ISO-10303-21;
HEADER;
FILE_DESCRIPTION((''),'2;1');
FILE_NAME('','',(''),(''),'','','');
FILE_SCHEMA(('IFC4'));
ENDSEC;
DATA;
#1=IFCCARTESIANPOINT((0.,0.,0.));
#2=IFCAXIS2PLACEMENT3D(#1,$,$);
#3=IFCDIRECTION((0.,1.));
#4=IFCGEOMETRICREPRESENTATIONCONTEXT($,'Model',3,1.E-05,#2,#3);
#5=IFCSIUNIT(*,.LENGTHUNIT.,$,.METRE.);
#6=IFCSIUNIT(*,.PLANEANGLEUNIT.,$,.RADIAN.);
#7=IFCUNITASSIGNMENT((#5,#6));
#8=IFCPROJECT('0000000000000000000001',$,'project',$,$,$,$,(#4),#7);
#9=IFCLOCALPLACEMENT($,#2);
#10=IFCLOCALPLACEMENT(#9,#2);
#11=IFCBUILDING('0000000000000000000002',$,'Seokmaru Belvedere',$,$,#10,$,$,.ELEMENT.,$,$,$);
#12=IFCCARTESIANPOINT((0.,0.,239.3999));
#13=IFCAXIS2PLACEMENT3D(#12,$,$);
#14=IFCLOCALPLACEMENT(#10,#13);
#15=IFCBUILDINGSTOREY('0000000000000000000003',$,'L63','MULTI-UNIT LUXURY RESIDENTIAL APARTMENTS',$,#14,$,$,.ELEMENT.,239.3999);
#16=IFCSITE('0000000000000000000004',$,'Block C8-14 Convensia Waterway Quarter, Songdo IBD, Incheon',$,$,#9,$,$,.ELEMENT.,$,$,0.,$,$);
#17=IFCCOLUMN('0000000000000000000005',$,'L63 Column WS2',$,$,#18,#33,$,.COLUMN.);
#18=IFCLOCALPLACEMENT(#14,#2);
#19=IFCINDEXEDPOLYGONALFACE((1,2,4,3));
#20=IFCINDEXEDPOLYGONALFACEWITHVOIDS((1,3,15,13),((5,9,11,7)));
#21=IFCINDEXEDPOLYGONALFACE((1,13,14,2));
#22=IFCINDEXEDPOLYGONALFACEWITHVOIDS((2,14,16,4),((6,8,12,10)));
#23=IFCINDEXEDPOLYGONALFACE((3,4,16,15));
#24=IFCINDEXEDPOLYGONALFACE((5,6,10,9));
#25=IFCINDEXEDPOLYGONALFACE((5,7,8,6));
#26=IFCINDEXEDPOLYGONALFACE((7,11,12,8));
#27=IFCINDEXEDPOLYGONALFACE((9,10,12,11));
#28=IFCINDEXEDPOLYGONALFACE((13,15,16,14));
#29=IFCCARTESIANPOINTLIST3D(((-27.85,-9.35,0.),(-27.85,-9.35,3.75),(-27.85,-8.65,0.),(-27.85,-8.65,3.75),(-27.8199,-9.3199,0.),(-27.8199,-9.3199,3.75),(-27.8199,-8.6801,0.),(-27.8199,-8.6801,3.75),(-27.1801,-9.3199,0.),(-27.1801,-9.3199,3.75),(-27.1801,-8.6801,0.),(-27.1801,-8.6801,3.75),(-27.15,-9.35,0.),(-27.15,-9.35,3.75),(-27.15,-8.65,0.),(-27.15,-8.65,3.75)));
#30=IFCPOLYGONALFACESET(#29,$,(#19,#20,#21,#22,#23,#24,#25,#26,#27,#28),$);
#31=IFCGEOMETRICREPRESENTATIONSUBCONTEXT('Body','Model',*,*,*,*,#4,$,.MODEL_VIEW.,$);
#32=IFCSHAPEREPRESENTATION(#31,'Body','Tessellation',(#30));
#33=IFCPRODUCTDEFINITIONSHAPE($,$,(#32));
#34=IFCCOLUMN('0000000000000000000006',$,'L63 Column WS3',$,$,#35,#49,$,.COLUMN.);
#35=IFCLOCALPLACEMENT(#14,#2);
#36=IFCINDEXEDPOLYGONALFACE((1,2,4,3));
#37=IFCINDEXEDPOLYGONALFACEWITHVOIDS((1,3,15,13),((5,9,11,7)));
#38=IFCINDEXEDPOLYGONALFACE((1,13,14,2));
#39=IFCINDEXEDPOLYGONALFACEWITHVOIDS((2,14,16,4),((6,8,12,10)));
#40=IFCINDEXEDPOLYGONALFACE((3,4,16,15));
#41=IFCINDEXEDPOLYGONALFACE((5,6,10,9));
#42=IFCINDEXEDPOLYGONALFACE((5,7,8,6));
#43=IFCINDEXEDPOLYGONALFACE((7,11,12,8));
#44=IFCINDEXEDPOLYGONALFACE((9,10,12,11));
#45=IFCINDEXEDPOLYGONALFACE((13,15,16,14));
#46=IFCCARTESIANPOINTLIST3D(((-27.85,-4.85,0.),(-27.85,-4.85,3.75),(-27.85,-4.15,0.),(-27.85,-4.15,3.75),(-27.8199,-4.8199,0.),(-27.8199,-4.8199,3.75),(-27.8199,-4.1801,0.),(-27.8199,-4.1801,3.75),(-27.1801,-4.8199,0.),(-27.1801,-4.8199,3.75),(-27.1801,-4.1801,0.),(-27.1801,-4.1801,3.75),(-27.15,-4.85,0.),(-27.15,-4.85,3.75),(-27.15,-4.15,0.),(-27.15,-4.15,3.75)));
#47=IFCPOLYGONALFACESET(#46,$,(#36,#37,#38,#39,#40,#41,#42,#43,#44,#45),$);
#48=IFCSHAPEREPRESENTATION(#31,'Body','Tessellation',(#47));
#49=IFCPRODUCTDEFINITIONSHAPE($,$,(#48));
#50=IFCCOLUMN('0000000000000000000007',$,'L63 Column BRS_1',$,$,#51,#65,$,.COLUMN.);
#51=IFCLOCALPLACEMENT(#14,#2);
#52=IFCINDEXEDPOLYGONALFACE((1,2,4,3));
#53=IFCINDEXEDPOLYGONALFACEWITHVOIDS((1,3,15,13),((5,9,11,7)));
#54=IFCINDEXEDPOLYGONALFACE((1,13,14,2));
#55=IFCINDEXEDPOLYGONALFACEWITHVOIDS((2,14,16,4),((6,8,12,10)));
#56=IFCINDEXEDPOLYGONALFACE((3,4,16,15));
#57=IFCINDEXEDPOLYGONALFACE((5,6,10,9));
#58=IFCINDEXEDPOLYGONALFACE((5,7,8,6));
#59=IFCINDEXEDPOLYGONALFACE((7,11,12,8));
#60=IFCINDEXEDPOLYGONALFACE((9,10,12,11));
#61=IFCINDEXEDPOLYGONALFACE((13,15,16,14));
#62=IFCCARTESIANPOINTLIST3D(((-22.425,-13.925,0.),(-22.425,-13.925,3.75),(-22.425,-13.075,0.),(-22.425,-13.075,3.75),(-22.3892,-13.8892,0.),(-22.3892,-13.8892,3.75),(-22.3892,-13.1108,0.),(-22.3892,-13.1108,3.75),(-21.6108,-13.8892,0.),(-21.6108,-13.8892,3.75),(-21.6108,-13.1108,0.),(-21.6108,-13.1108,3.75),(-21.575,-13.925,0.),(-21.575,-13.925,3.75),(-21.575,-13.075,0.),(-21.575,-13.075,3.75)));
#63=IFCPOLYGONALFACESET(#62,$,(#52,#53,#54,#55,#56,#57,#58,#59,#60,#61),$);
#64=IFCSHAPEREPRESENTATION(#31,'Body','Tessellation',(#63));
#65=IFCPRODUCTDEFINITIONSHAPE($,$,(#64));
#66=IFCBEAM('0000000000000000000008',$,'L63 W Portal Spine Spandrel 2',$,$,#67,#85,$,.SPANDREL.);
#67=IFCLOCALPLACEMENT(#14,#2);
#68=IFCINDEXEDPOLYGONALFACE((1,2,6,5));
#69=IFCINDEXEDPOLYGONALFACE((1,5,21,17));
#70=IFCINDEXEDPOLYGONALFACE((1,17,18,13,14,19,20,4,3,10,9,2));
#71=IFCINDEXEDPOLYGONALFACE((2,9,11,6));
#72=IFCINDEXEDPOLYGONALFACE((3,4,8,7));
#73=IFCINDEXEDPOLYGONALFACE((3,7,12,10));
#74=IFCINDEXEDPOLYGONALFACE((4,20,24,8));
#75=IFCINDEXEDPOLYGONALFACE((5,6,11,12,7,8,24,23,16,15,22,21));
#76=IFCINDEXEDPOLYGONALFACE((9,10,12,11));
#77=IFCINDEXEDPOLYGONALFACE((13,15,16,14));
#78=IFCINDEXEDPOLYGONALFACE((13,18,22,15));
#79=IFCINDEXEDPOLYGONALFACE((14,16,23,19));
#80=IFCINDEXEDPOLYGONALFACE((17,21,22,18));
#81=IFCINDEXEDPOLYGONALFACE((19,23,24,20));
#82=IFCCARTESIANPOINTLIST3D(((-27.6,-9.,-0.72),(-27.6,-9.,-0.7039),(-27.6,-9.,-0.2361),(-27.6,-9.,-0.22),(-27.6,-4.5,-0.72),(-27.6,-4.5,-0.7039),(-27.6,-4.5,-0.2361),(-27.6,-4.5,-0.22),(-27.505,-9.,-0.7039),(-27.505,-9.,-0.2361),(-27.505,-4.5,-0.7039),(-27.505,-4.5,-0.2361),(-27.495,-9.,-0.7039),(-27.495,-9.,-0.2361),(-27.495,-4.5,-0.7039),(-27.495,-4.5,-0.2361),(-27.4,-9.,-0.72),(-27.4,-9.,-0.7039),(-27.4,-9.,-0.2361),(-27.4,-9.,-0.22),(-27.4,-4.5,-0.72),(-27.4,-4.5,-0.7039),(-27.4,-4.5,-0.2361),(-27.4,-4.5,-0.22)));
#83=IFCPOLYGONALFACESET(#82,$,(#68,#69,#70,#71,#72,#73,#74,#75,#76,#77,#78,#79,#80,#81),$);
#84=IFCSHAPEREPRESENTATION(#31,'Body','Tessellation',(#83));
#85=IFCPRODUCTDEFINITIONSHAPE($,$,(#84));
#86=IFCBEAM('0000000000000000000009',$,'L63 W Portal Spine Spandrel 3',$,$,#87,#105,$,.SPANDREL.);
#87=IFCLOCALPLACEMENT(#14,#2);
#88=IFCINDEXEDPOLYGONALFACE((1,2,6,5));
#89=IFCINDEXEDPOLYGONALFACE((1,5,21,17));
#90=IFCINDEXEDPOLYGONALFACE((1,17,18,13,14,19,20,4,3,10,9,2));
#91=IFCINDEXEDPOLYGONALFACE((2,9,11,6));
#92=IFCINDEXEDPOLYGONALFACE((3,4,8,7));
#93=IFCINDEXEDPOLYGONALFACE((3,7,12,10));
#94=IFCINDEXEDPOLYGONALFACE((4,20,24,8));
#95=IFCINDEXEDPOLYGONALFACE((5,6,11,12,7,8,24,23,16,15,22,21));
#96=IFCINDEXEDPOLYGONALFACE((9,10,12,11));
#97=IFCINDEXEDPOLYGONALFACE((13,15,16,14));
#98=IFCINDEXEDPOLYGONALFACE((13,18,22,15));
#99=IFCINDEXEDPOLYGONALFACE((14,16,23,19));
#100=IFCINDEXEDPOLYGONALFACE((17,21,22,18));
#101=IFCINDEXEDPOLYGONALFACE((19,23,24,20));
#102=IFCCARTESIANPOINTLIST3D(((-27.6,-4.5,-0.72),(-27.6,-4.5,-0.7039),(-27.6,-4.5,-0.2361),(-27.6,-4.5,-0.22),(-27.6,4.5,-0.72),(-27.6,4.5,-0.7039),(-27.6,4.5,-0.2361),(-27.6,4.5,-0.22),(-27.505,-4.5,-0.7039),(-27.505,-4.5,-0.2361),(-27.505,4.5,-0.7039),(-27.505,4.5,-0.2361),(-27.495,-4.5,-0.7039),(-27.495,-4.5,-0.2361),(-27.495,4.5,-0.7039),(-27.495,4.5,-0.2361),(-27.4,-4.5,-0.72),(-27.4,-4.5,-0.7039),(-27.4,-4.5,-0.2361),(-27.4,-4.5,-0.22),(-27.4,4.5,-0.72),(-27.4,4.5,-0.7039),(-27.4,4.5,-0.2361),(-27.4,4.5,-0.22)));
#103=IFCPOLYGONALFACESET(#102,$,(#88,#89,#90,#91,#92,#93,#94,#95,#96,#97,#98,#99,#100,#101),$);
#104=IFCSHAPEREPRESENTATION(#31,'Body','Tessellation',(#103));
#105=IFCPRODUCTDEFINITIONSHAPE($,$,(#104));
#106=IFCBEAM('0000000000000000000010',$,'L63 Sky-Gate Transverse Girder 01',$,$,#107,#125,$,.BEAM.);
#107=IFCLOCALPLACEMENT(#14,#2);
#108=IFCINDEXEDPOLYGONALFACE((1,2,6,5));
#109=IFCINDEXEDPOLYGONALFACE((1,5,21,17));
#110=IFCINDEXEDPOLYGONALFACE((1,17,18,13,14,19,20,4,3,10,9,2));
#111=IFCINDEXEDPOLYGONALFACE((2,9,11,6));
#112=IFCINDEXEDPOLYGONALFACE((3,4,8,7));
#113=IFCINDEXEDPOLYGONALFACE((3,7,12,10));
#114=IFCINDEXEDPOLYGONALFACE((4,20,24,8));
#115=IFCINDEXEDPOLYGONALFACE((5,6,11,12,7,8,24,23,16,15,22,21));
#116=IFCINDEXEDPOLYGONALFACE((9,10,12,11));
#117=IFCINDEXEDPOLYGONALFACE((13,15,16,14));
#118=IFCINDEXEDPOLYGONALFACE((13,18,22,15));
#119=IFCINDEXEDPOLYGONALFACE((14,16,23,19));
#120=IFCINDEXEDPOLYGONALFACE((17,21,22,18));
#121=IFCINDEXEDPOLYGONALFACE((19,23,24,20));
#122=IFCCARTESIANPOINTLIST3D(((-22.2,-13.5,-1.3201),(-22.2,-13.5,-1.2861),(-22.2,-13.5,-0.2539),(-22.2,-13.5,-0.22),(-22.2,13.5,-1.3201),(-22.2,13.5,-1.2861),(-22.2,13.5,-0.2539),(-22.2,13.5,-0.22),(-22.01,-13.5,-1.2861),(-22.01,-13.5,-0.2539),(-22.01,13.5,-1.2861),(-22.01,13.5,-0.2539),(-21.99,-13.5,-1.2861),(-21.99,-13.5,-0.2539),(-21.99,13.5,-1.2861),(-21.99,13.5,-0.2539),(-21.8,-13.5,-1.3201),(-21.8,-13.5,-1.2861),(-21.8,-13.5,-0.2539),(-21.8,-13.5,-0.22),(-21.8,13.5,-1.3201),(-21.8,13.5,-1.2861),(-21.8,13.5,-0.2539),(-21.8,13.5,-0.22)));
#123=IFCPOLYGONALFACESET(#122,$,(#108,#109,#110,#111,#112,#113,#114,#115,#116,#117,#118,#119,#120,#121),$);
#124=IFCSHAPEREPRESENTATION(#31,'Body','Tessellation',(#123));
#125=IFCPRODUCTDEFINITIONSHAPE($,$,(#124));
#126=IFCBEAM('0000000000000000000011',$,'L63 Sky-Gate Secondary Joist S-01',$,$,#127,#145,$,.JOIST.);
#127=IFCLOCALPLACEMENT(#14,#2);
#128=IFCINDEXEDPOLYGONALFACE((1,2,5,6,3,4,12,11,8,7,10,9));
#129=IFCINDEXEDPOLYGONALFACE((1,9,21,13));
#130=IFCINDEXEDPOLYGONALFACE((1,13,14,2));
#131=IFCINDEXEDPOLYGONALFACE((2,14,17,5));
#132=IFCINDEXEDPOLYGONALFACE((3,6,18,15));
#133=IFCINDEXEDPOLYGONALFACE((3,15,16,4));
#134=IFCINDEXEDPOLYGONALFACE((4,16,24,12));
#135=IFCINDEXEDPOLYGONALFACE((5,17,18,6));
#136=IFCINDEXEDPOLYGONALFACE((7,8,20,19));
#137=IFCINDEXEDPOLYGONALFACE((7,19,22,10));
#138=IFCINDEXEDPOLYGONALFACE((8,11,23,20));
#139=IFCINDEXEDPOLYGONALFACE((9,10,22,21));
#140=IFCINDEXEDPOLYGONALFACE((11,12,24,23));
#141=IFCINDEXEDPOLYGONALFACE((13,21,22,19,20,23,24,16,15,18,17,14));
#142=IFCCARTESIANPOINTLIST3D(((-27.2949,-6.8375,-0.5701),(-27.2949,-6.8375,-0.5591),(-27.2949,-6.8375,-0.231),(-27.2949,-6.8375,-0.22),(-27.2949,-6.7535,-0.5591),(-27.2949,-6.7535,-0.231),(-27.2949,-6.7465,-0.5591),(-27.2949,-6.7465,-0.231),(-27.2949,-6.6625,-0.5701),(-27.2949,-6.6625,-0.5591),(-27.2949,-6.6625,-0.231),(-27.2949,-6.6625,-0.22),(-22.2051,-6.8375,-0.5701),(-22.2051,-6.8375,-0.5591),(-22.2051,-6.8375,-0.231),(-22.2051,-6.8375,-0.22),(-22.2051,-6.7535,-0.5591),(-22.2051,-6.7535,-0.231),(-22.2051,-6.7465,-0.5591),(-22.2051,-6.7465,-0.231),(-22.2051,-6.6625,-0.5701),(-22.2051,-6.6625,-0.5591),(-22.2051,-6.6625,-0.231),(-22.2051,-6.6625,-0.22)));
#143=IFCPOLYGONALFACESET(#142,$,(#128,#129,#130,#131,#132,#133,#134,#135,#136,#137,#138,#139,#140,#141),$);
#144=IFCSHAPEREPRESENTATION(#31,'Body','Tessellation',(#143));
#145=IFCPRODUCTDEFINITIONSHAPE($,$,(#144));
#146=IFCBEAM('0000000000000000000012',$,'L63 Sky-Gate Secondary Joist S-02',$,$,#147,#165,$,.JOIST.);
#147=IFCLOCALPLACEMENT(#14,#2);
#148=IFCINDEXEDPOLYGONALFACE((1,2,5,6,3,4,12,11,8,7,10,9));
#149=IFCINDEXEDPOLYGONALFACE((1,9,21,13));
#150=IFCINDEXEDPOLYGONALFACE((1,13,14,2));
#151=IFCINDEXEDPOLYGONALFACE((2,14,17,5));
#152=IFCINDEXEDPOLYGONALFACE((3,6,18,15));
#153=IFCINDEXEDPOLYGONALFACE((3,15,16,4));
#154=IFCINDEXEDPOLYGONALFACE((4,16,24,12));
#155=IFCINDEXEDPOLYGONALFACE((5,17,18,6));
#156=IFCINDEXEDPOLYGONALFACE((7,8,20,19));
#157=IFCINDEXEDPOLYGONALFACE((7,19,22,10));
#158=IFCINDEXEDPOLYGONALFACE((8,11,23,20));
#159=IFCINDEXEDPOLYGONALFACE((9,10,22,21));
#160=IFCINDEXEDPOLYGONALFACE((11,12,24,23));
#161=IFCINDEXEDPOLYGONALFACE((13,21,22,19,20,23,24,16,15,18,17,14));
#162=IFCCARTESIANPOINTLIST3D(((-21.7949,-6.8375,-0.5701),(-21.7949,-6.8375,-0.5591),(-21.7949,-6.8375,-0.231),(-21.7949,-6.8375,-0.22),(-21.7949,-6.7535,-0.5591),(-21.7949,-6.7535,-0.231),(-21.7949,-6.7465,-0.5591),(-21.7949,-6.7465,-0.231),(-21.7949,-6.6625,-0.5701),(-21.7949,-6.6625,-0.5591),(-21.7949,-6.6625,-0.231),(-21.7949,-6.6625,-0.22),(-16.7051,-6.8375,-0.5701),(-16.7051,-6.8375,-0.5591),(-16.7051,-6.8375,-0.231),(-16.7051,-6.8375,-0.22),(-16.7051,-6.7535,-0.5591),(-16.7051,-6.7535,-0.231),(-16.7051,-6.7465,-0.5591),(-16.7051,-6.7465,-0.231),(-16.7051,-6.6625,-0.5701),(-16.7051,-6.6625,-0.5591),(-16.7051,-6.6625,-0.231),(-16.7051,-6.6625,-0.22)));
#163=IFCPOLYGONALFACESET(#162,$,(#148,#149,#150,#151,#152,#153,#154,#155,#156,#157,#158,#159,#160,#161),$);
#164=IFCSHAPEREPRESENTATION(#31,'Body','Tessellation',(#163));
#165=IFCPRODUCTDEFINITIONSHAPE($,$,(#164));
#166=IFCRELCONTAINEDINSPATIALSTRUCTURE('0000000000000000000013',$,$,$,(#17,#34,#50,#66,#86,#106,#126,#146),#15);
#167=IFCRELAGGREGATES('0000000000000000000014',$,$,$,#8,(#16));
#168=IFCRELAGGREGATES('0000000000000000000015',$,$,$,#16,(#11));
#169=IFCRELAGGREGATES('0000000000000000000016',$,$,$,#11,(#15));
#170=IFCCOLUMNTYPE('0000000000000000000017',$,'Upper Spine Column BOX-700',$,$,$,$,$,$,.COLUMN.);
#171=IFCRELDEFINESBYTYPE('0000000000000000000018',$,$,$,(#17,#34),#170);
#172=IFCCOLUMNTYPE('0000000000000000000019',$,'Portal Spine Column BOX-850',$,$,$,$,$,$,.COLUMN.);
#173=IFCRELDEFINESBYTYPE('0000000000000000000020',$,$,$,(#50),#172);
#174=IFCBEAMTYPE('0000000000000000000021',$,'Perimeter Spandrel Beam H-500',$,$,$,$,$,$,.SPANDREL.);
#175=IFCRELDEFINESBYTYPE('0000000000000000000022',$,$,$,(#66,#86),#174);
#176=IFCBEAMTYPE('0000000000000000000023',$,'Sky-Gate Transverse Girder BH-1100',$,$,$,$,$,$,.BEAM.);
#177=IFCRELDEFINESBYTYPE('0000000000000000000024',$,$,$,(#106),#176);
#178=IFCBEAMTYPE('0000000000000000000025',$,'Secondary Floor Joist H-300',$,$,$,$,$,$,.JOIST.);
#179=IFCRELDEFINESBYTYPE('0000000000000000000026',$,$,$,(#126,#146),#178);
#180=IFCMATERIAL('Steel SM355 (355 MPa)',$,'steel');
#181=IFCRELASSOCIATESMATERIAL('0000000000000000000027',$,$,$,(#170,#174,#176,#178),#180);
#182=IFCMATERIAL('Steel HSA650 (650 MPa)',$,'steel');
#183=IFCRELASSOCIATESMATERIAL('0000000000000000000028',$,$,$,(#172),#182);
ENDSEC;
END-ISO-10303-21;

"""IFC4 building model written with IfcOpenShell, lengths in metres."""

from ifc_helpers import new_model, si_unit, direction, frame, origin, origin_2d, place, context, subcontext, project, spatial, hollow_rectangle, i_section, extrude, source, transform, mapped, material, material_profile, profile_set, type_object, type_shapes, element, save


model = new_model("IFC4")

# Units and contexts
model_context = context("Model", 3, precision=1e-05, world=origin(), true_north=direction((0.0, 1.0)))
body_context = subcontext(model_context, "Body", "Model", "MODEL_VIEW")
ifc_project = project(units=[si_unit("LENGTHUNIT", "METRE"), si_unit("PLANEANGLEUNIT", "RADIAN")], contexts=[model_context])

# Site, building, storey
site_placement = place(None, origin())
site = spatial("IfcSite", under=ifc_project, at=site_placement, Name="Block C8-14 Convensia Waterway Quarter, Songdo IBD, Incheon", CompositionType="ELEMENT", RefElevation=0.0)
building_placement = place(site_placement, origin())
building = spatial("IfcBuilding", under=site, at=building_placement, Name="Seokmaru Belvedere", CompositionType="ELEMENT")
storey_placement = place(building_placement, frame((0.0, 0.0, 239.3999)))
storey = spatial("IfcBuildingStorey", under=building, at=storey_placement, Name="L63", Description="MULTI-UNIT LUXURY RESIDENTIAL APARTMENTS", CompositionType="ELEMENT", Elevation=239.3999)

# Columns
ifc_material_1 = material(Name="Steel SM355 (355 MPa)", Category="steel")
ifc_material_profile_1 = material_profile(ifc_material_1, hollow_rectangle(XDim=0.7, YDim=0.7, WallThickness=0.03, at=origin_2d()), Name="BOX-700x700x30")
ifc_profile_set_1 = profile_set([ifc_material_profile_1], Name="Steel SM355 (355 MPa)")
column_type_1 = type_object("IfcColumnType", Name="Upper Spine Column BOX-700", PredefinedType="COLUMN", material=ifc_profile_set_1)
shared_shape_1 = source(origin(), body_context, "Body", "SweptSolid", [
    extrude(hollow_rectangle(XDim=0.7, YDim=0.7, WallThickness=0.03, at=origin_2d()), origin(), (0.0, 0.0, 1.0), 3.75),
])
type_shapes(column_type_1, [shared_shape_1])
for number, where, z_axis, x_axis, name in (
    (1, (-27.5, -9.0, 0.0), (0.0, 0.0, 1.0), (1.0, 0.0, 0.0), "L63 Column WS2"),
    (2, (-27.5, -4.5, 0.0), (0.0, 0.0, 1.0), (1.0, 0.0, 0.0), "L63 Column WS3"),
):
    element("IfcColumn", number, at=place(storey_placement, frame(where, z_axis=z_axis, x_axis=x_axis)), inside=storey, type_object=column_type_1, Name=name, PredefinedType="COLUMN", context=body_context, shape_type="MappedRepresentation", body=[
        mapped(shared_shape_1, transform((0.0, 0.0, 0.0), scale=1.0)),
    ])
ifc_material_2 = material(Name="Steel HSA650 (650 MPa)", Category="steel")
ifc_material_profile_2 = material_profile(ifc_material_2, hollow_rectangle(XDim=0.8501, YDim=0.8501, WallThickness=0.0359, at=origin_2d()), Name="BOX-850x850x36")
ifc_profile_set_2 = profile_set([ifc_material_profile_2], Name="Steel HSA650 (650 MPa)")
column_type_2 = type_object("IfcColumnType", Name="Portal Spine Column BOX-850", PredefinedType="COLUMN", material=ifc_profile_set_2)
shared_shape_2 = source(origin(), body_context, "Body", "SweptSolid", [
    extrude(hollow_rectangle(XDim=0.8501, YDim=0.8501, WallThickness=0.0359, at=origin_2d()), origin(), (0.0, 0.0, 1.0), 3.75),
])
type_shapes(column_type_2, [shared_shape_2])
column_placement = place(storey_placement, frame((-22.0, -13.5, 0.0), z_axis=(0.0, 0.0, 1.0), x_axis=(1.0, 0.0, 0.0)))
element("IfcColumn", 3, at=column_placement, inside=storey, type_object=column_type_2, Name="L63 Column BRS_1", PredefinedType="COLUMN", context=body_context, shape_type="MappedRepresentation", body=[
    mapped(shared_shape_2, transform((0.0, 0.0, 0.0), scale=1.0)),
])

# Beams
ifc_material_profile_3 = material_profile(ifc_material_1, i_section(OverallWidth=0.2, OverallDepth=0.5, WebThickness=0.01, FlangeThickness=0.0161, at=origin_2d()), Name="H-500x200x10x16")
ifc_profile_set_3 = profile_set([ifc_material_profile_3], Name="Steel SM355 (355 MPa)")
beam_type_1 = type_object("IfcBeamType", Name="Perimeter Spandrel Beam H-500", PredefinedType="SPANDREL", material=ifc_profile_set_3)
shared_shape_3 = source(origin(), body_context, "Body", "SweptSolid", [
    extrude(i_section(OverallWidth=0.2, OverallDepth=0.5, WebThickness=0.01, FlangeThickness=0.0161, at=origin_2d()), origin(), (0.0, 0.0, 1.0), 4.5),
])
beam_1_placement = place(storey_placement, frame((-27.5, -9.0, -0.47), z_axis=(0.0, 1.0, 0.0), x_axis=(-1.0, 0.0, 0.0)))
element("IfcBeam", 4, at=beam_1_placement, inside=storey, type_object=beam_type_1, Name="L63 W Portal Spine Spandrel 2", PredefinedType="SPANDREL", context=body_context, shape_type="MappedRepresentation", body=[
    mapped(shared_shape_3, transform((0.0, 0.0, 0.0), scale=1.0)),
])
shared_shape_4 = source(origin(), body_context, "Body", "SweptSolid", [
    extrude(i_section(OverallWidth=0.2, OverallDepth=0.5, WebThickness=0.01, FlangeThickness=0.0161, at=origin_2d()), origin(), (0.0, 0.0, 1.0), 9.0),
])
type_shapes(beam_type_1, [shared_shape_3, shared_shape_4])
beam_2_placement = place(storey_placement, frame((-27.5, -4.5, -0.47), z_axis=(0.0, 1.0, 0.0), x_axis=(-1.0, 0.0, 0.0)))
element("IfcBeam", 5, at=beam_2_placement, inside=storey, type_object=beam_type_1, Name="L63 W Portal Spine Spandrel 3", PredefinedType="SPANDREL", context=body_context, shape_type="MappedRepresentation", body=[
    mapped(shared_shape_4, transform((0.0, 0.0, 0.0), scale=1.0)),
])
ifc_material_profile_4 = material_profile(ifc_material_1, i_section(OverallWidth=0.3999, OverallDepth=1.1001, WebThickness=0.02, FlangeThickness=0.0339, at=origin_2d()), Name="BH-1100x400x20x34")
ifc_profile_set_4 = profile_set([ifc_material_profile_4], Name="Steel SM355 (355 MPa)")
beam_type_2 = type_object("IfcBeamType", Name="Sky-Gate Transverse Girder BH-1100", PredefinedType="BEAM", material=ifc_profile_set_4)
shared_shape_5 = source(origin(), body_context, "Body", "SweptSolid", [
    extrude(i_section(OverallWidth=0.3999, OverallDepth=1.1001, WebThickness=0.02, FlangeThickness=0.0339, at=origin_2d()), origin(), (0.0, 0.0, 1.0), 27.0),
])
type_shapes(beam_type_2, [shared_shape_5])
beam_3_placement = place(storey_placement, frame((-22.0, -13.5, -0.77), z_axis=(0.0, 1.0, 0.0), x_axis=(-1.0, 0.0, 0.0)))
element("IfcBeam", 6, at=beam_3_placement, inside=storey, type_object=beam_type_2, Name="L63 Sky-Gate Transverse Girder 01", PredefinedType="BEAM", context=body_context, shape_type="MappedRepresentation", body=[
    mapped(shared_shape_5, transform((0.0, 0.0, 0.0), scale=1.0)),
])
ifc_material_profile_5 = material_profile(ifc_material_1, i_section(OverallWidth=0.175, OverallDepth=0.3501, WebThickness=0.0071, FlangeThickness=0.011, at=origin_2d()), Name="H-350x175x7x11")
ifc_profile_set_5 = profile_set([ifc_material_profile_5], Name="Steel SM355 (355 MPa)")
beam_type_3 = type_object("IfcBeamType", Name="Secondary Floor Joist H-300", PredefinedType="JOIST", material=ifc_profile_set_5)
shared_shape_6 = source(origin(), body_context, "Body", "SweptSolid", [
    extrude(i_section(OverallWidth=0.175, OverallDepth=0.3501, WebThickness=0.0071, FlangeThickness=0.011, at=origin_2d()), origin(), (0.0, 0.0, 1.0), 5.0898),
])
type_shapes(beam_type_3, [shared_shape_6])
for number, where, z_axis, x_axis, name in (
    (7, (-27.2949, -6.75, -0.395), (1.0, 0.0, 0.0), (0.0, 1.0, 0.0), "L63 Sky-Gate Secondary Joist S-01"),
    (8, (-21.7949, -6.75, -0.395), (1.0, 0.0, 0.0), (0.0, 1.0, 0.0), "L63 Sky-Gate Secondary Joist S-02"),
):
    element("IfcBeam", number, at=place(storey_placement, frame(where, z_axis=z_axis, x_axis=x_axis)), inside=storey, type_object=beam_type_3, Name=name, PredefinedType="JOIST", context=body_context, shape_type="MappedRepresentation", body=[
        mapped(shared_shape_6, transform((0.0, 0.0, 0.0), scale=1.0)),
    ])

save(model, "model.ifc")
